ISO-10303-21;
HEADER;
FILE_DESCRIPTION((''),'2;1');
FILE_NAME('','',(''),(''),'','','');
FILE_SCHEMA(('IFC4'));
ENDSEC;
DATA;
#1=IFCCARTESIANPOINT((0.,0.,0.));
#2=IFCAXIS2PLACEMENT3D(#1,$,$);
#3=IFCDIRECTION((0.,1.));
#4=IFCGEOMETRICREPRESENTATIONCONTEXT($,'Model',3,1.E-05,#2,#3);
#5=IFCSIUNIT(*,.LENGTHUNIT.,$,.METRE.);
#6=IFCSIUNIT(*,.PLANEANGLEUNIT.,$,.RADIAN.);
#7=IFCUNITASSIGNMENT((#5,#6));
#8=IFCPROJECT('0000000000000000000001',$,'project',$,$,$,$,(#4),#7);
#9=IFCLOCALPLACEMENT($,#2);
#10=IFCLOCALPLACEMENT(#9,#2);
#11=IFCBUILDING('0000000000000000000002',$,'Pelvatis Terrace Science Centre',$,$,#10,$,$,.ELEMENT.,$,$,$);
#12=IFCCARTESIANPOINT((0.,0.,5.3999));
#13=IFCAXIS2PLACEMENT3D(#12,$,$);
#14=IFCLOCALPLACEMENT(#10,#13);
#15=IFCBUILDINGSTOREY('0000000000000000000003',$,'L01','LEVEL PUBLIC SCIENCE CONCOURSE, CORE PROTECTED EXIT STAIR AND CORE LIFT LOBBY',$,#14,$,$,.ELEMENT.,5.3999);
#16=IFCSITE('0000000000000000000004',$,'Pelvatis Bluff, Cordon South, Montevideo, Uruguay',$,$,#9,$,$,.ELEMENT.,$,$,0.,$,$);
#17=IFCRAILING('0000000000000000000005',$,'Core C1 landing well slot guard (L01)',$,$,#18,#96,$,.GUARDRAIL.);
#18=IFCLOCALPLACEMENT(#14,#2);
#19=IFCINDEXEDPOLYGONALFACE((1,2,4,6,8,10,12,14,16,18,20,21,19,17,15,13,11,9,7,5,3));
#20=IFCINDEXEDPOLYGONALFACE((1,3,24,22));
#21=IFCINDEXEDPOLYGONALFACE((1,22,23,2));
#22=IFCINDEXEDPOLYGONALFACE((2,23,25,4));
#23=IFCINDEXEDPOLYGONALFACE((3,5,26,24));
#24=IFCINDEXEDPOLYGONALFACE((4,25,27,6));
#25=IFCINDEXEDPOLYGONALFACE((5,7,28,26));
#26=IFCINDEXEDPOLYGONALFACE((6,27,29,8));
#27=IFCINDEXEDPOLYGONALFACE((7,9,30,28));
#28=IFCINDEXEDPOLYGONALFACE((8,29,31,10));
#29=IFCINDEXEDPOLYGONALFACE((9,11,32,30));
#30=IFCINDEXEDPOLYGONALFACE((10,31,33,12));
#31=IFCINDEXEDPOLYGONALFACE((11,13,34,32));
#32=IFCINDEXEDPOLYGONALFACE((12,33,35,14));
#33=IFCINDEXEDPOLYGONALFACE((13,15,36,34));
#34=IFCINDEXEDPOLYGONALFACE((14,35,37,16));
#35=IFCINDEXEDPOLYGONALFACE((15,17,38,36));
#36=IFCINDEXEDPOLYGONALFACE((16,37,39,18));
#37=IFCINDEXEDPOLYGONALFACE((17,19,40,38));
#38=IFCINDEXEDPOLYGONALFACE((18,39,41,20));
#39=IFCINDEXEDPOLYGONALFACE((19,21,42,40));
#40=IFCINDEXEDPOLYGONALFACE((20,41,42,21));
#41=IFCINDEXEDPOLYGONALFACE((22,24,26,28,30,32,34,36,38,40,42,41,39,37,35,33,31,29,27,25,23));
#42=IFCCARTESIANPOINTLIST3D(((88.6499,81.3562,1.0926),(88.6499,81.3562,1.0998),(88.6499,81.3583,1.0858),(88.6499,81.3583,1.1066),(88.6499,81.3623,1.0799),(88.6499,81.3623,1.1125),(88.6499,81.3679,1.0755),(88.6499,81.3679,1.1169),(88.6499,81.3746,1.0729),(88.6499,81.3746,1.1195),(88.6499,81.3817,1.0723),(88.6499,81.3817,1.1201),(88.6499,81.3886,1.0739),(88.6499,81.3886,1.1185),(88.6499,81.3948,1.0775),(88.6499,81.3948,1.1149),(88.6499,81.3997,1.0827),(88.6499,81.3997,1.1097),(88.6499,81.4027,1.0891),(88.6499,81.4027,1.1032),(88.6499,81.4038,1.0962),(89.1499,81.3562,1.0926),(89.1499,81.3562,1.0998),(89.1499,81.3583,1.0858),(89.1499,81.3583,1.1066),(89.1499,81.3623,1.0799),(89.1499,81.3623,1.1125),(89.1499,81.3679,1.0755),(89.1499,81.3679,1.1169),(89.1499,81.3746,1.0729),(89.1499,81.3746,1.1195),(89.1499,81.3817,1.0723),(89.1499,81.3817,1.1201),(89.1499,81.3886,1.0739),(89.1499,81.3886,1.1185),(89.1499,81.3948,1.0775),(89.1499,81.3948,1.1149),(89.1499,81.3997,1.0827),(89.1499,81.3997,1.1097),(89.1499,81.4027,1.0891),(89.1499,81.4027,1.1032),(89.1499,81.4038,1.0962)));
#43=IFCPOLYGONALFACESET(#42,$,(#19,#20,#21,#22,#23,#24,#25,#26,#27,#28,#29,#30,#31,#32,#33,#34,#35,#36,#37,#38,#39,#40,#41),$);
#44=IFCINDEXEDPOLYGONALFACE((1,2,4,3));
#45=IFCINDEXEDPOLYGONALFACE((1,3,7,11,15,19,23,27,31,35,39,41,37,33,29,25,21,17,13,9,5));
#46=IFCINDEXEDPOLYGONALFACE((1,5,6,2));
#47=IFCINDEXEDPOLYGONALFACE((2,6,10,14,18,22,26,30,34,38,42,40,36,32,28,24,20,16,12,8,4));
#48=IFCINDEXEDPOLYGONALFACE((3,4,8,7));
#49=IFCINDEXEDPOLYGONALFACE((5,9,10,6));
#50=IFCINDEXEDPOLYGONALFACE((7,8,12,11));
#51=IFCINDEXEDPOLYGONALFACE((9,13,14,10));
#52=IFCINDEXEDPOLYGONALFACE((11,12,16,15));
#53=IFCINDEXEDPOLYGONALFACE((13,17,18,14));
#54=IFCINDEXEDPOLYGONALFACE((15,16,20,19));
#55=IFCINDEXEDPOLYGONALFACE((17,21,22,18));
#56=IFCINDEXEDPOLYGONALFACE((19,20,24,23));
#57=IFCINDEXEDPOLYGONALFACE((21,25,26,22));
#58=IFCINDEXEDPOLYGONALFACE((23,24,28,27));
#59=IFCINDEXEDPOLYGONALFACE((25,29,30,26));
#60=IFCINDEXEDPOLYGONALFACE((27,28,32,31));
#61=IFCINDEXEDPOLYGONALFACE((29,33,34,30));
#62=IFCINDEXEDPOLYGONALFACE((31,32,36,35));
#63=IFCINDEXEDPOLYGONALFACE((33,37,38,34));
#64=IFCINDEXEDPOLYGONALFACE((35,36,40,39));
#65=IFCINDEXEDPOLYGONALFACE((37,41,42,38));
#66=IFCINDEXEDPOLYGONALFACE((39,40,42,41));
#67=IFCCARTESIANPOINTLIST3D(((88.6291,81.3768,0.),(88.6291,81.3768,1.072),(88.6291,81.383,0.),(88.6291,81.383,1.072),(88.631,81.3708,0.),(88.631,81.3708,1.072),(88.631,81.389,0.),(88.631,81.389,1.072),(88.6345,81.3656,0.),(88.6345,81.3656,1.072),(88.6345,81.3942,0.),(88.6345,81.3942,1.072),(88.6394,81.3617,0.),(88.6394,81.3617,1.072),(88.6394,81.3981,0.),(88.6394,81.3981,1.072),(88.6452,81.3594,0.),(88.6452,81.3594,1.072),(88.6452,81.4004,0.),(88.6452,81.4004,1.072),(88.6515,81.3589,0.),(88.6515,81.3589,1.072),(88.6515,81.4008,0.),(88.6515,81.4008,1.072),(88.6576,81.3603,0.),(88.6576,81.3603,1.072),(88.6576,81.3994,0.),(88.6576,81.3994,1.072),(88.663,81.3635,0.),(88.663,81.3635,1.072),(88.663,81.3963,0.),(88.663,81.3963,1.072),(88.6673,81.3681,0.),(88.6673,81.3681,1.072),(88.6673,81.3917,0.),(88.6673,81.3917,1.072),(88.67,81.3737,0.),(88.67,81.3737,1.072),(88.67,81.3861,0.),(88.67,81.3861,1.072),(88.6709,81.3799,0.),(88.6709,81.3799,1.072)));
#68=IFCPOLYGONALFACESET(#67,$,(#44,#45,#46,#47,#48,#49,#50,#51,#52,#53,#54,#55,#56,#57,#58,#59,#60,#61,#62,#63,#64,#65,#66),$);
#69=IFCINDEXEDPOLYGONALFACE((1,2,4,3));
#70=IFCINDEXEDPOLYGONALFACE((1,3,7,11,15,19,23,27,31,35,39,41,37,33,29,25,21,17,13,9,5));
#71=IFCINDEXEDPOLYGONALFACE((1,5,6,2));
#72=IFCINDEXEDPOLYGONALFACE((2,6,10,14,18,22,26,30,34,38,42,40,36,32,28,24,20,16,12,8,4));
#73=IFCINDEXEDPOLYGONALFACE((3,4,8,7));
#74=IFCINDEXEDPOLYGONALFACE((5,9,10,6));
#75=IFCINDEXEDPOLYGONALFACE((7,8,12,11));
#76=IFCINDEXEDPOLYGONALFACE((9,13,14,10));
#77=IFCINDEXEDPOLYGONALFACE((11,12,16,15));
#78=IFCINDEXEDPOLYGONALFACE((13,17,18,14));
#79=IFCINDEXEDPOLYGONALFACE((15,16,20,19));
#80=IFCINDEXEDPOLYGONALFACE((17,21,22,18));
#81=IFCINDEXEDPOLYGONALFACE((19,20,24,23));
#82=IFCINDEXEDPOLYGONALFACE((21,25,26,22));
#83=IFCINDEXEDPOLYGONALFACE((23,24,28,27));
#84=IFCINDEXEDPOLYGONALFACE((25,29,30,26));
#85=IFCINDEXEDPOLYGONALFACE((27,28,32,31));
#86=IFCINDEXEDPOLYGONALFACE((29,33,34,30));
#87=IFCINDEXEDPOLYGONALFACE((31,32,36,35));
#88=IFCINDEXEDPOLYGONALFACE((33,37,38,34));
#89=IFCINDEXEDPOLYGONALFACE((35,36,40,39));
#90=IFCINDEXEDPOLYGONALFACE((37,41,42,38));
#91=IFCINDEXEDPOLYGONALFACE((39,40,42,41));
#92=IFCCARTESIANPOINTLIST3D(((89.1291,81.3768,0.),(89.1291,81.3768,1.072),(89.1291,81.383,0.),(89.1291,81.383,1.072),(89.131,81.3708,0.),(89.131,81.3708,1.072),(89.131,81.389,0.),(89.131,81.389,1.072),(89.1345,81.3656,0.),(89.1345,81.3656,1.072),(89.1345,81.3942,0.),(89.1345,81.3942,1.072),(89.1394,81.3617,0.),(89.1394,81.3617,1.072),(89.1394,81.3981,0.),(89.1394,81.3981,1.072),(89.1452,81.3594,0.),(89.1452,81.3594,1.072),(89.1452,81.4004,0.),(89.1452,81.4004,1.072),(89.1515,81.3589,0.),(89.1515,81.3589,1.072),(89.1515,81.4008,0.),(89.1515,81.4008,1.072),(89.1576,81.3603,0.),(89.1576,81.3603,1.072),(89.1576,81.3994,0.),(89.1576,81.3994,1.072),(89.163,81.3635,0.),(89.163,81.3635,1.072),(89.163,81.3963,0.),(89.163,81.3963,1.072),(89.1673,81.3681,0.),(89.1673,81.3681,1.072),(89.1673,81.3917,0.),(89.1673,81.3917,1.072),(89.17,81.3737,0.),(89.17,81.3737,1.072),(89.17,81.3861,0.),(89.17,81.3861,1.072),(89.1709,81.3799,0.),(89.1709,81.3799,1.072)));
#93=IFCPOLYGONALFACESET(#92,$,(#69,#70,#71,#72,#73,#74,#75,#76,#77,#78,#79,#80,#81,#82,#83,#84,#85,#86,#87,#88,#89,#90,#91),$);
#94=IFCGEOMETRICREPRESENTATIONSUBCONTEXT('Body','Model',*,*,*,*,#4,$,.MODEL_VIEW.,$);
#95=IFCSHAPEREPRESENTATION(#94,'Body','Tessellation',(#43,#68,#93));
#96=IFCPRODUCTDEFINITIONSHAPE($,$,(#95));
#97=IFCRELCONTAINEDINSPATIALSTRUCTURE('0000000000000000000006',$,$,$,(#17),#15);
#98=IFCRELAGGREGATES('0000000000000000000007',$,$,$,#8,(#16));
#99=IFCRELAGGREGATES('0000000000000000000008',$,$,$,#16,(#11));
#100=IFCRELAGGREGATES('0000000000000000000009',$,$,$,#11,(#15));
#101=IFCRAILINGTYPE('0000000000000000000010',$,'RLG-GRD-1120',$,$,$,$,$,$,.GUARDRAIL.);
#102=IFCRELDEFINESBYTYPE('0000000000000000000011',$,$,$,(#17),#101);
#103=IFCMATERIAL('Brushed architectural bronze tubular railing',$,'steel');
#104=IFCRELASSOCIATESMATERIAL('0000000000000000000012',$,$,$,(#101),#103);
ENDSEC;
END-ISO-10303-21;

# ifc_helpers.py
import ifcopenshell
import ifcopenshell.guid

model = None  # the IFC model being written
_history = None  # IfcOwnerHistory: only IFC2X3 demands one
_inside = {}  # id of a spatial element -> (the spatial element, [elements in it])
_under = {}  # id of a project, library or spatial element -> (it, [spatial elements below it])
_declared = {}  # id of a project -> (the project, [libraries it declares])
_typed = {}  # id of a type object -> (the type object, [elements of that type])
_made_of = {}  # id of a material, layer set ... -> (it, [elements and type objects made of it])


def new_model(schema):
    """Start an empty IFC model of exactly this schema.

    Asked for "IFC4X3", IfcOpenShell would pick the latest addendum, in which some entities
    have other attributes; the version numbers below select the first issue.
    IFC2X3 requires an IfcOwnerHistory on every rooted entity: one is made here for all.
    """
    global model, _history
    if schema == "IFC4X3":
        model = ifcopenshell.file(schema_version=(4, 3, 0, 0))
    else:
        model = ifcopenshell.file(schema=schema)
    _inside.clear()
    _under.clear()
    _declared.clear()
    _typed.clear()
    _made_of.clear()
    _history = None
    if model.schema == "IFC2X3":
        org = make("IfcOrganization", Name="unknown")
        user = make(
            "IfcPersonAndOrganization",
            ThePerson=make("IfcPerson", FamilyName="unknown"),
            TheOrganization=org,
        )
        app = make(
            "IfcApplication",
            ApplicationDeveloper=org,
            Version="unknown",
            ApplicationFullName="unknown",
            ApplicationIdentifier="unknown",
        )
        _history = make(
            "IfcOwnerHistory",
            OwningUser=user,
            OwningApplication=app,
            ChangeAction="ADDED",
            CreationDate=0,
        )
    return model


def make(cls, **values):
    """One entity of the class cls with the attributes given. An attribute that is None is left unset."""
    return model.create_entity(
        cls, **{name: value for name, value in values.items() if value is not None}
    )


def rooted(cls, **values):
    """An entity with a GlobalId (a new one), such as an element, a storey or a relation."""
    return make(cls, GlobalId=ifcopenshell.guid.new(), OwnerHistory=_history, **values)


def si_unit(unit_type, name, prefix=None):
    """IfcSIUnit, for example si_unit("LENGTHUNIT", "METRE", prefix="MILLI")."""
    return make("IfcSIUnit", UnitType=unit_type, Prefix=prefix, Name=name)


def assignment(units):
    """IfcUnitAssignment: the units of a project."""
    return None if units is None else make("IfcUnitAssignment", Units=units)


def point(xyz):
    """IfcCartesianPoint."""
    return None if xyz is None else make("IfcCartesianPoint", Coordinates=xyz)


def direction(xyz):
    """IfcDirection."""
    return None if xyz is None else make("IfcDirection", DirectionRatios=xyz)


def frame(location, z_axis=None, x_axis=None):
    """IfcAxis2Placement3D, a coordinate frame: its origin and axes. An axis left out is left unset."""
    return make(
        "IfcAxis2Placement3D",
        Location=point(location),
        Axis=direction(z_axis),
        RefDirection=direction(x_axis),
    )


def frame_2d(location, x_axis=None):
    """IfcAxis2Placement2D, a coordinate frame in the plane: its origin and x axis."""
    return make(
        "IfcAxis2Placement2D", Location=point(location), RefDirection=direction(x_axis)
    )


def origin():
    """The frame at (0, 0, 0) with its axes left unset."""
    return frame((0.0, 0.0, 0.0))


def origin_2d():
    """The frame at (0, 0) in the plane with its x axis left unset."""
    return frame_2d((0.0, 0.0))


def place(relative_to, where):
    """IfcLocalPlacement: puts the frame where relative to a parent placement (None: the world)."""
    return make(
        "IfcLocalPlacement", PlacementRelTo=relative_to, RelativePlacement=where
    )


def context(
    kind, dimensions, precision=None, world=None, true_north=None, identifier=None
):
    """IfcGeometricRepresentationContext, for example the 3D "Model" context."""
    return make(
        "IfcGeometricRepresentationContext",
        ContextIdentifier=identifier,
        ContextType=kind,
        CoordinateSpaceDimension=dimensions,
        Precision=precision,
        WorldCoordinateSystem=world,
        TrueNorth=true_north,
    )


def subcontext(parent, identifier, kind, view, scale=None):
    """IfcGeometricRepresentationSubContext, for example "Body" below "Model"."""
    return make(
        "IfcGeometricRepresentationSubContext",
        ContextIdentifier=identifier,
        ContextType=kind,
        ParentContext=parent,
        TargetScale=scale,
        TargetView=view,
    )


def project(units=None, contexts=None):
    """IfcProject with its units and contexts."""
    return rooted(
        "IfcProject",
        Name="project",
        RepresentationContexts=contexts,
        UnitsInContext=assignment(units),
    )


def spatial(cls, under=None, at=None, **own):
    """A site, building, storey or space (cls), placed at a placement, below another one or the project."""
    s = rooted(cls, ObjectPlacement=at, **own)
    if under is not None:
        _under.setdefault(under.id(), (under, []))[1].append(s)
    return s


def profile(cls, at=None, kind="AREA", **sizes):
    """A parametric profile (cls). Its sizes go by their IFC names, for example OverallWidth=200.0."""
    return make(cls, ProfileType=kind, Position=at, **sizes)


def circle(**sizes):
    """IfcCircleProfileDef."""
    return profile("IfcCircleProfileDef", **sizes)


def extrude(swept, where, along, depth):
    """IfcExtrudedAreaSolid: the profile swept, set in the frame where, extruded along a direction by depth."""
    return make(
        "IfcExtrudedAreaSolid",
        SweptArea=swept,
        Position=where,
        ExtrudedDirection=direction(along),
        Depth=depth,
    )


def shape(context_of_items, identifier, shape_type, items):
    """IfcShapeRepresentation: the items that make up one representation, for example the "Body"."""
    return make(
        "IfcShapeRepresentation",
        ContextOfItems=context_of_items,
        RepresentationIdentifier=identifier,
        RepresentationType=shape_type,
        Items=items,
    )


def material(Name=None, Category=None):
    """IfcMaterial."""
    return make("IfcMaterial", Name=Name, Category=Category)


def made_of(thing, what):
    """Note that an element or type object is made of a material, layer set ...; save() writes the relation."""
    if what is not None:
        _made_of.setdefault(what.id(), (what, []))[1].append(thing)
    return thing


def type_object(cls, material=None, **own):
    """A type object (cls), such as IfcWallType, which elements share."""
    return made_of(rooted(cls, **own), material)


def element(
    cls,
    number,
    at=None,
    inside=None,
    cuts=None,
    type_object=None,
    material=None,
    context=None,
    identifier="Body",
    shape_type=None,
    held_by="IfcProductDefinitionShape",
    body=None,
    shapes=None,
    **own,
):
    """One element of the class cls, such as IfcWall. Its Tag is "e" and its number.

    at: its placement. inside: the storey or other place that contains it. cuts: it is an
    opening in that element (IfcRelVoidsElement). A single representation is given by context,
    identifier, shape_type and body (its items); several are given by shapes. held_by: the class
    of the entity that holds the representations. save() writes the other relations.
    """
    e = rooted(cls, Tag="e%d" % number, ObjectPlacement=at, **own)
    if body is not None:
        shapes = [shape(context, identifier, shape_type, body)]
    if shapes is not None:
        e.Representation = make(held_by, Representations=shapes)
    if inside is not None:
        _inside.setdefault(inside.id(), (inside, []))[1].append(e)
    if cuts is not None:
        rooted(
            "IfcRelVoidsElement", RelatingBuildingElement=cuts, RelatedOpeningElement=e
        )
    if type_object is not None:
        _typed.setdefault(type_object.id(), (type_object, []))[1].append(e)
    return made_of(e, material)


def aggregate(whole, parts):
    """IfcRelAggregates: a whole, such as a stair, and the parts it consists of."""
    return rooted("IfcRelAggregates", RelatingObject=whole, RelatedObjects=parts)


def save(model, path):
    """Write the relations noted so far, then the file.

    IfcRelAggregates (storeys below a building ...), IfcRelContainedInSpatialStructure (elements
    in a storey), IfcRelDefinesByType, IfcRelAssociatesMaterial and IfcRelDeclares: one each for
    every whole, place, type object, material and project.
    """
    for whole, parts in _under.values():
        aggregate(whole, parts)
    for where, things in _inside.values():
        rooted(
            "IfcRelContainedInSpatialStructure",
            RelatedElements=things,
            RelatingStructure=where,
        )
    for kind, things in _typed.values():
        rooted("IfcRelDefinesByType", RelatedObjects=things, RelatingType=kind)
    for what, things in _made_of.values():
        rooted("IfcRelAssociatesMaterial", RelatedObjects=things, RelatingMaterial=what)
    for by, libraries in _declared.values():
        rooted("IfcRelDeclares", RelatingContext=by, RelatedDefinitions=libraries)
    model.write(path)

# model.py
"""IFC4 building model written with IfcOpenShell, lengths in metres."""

from ifc_helpers import new_model, si_unit, direction, frame, origin, origin_2d, place, context, subcontext, project, spatial, circle, extrude, material, type_object, element, save


model = new_model("IFC4")

# Units and contexts
model_context = context("Model", 3, precision=1e-05, world=origin(), true_north=direction((0.0, 1.0)))
body_context = subcontext(model_context, "Body", "Model", "MODEL_VIEW")
ifc_project = project(units=[si_unit("LENGTHUNIT", "METRE"), si_unit("PLANEANGLEUNIT", "RADIAN")], contexts=[model_context])

# Site, building, storey
site_placement = place(None, origin())
site = spatial("IfcSite", under=ifc_project, at=site_placement, Name="Pelvatis Bluff, Cordon South, Montevideo, Uruguay", CompositionType="ELEMENT", RefElevation=0.0)
building_placement = place(site_placement, origin())
building = spatial("IfcBuilding", under=site, at=building_placement, Name="Pelvatis Terrace Science Centre", CompositionType="ELEMENT")
storey_placement = place(building_placement, frame((0.0, 0.0, 5.3999)))
storey = spatial("IfcBuildingStorey", under=building, at=storey_placement, Name="L01", Description="LEVEL PUBLIC SCIENCE CONCOURSE, CORE PROTECTED EXIT STAIR AND CORE LIFT LOBBY", CompositionType="ELEMENT", Elevation=5.3999)

# Railing
ifc_material_1 = material(Name="Brushed architectural bronze tubular railing", Category="steel")
railing_type_1 = type_object("IfcRailingType", Name="RLG-GRD-1120", PredefinedType="GUARDRAIL", material=ifc_material_1)
railing_1_placement = place(storey_placement, frame((88.6499, 81.3799, 0.0)))
element("IfcRailing", 1, at=railing_1_placement, inside=storey, type_object=railing_type_1, Name="Core C1 landing well slot guard (L01)", PredefinedType="GUARDRAIL", context=body_context, shape_type="SweptSolid", body=[
    extrude(circle(Radius=0.0239, at=origin_2d()), frame((0.0, 0.0, 1.0962), z_axis=(1.0, 0.0, 0.0), x_axis=(0.0, 1.0, 0.0)), (0.0, 0.0, 1.0), 0.5),
    extrude(circle(Radius=0.021, at=origin_2d()), origin(), (0.0, 0.0, 1.0), 1.072),
    extrude(circle(Radius=0.021, at=origin_2d()), frame((0.5, 0.0, 0.0)), (0.0, 0.0, 1.0), 1.072),
])

save(model, "model.ifc")
